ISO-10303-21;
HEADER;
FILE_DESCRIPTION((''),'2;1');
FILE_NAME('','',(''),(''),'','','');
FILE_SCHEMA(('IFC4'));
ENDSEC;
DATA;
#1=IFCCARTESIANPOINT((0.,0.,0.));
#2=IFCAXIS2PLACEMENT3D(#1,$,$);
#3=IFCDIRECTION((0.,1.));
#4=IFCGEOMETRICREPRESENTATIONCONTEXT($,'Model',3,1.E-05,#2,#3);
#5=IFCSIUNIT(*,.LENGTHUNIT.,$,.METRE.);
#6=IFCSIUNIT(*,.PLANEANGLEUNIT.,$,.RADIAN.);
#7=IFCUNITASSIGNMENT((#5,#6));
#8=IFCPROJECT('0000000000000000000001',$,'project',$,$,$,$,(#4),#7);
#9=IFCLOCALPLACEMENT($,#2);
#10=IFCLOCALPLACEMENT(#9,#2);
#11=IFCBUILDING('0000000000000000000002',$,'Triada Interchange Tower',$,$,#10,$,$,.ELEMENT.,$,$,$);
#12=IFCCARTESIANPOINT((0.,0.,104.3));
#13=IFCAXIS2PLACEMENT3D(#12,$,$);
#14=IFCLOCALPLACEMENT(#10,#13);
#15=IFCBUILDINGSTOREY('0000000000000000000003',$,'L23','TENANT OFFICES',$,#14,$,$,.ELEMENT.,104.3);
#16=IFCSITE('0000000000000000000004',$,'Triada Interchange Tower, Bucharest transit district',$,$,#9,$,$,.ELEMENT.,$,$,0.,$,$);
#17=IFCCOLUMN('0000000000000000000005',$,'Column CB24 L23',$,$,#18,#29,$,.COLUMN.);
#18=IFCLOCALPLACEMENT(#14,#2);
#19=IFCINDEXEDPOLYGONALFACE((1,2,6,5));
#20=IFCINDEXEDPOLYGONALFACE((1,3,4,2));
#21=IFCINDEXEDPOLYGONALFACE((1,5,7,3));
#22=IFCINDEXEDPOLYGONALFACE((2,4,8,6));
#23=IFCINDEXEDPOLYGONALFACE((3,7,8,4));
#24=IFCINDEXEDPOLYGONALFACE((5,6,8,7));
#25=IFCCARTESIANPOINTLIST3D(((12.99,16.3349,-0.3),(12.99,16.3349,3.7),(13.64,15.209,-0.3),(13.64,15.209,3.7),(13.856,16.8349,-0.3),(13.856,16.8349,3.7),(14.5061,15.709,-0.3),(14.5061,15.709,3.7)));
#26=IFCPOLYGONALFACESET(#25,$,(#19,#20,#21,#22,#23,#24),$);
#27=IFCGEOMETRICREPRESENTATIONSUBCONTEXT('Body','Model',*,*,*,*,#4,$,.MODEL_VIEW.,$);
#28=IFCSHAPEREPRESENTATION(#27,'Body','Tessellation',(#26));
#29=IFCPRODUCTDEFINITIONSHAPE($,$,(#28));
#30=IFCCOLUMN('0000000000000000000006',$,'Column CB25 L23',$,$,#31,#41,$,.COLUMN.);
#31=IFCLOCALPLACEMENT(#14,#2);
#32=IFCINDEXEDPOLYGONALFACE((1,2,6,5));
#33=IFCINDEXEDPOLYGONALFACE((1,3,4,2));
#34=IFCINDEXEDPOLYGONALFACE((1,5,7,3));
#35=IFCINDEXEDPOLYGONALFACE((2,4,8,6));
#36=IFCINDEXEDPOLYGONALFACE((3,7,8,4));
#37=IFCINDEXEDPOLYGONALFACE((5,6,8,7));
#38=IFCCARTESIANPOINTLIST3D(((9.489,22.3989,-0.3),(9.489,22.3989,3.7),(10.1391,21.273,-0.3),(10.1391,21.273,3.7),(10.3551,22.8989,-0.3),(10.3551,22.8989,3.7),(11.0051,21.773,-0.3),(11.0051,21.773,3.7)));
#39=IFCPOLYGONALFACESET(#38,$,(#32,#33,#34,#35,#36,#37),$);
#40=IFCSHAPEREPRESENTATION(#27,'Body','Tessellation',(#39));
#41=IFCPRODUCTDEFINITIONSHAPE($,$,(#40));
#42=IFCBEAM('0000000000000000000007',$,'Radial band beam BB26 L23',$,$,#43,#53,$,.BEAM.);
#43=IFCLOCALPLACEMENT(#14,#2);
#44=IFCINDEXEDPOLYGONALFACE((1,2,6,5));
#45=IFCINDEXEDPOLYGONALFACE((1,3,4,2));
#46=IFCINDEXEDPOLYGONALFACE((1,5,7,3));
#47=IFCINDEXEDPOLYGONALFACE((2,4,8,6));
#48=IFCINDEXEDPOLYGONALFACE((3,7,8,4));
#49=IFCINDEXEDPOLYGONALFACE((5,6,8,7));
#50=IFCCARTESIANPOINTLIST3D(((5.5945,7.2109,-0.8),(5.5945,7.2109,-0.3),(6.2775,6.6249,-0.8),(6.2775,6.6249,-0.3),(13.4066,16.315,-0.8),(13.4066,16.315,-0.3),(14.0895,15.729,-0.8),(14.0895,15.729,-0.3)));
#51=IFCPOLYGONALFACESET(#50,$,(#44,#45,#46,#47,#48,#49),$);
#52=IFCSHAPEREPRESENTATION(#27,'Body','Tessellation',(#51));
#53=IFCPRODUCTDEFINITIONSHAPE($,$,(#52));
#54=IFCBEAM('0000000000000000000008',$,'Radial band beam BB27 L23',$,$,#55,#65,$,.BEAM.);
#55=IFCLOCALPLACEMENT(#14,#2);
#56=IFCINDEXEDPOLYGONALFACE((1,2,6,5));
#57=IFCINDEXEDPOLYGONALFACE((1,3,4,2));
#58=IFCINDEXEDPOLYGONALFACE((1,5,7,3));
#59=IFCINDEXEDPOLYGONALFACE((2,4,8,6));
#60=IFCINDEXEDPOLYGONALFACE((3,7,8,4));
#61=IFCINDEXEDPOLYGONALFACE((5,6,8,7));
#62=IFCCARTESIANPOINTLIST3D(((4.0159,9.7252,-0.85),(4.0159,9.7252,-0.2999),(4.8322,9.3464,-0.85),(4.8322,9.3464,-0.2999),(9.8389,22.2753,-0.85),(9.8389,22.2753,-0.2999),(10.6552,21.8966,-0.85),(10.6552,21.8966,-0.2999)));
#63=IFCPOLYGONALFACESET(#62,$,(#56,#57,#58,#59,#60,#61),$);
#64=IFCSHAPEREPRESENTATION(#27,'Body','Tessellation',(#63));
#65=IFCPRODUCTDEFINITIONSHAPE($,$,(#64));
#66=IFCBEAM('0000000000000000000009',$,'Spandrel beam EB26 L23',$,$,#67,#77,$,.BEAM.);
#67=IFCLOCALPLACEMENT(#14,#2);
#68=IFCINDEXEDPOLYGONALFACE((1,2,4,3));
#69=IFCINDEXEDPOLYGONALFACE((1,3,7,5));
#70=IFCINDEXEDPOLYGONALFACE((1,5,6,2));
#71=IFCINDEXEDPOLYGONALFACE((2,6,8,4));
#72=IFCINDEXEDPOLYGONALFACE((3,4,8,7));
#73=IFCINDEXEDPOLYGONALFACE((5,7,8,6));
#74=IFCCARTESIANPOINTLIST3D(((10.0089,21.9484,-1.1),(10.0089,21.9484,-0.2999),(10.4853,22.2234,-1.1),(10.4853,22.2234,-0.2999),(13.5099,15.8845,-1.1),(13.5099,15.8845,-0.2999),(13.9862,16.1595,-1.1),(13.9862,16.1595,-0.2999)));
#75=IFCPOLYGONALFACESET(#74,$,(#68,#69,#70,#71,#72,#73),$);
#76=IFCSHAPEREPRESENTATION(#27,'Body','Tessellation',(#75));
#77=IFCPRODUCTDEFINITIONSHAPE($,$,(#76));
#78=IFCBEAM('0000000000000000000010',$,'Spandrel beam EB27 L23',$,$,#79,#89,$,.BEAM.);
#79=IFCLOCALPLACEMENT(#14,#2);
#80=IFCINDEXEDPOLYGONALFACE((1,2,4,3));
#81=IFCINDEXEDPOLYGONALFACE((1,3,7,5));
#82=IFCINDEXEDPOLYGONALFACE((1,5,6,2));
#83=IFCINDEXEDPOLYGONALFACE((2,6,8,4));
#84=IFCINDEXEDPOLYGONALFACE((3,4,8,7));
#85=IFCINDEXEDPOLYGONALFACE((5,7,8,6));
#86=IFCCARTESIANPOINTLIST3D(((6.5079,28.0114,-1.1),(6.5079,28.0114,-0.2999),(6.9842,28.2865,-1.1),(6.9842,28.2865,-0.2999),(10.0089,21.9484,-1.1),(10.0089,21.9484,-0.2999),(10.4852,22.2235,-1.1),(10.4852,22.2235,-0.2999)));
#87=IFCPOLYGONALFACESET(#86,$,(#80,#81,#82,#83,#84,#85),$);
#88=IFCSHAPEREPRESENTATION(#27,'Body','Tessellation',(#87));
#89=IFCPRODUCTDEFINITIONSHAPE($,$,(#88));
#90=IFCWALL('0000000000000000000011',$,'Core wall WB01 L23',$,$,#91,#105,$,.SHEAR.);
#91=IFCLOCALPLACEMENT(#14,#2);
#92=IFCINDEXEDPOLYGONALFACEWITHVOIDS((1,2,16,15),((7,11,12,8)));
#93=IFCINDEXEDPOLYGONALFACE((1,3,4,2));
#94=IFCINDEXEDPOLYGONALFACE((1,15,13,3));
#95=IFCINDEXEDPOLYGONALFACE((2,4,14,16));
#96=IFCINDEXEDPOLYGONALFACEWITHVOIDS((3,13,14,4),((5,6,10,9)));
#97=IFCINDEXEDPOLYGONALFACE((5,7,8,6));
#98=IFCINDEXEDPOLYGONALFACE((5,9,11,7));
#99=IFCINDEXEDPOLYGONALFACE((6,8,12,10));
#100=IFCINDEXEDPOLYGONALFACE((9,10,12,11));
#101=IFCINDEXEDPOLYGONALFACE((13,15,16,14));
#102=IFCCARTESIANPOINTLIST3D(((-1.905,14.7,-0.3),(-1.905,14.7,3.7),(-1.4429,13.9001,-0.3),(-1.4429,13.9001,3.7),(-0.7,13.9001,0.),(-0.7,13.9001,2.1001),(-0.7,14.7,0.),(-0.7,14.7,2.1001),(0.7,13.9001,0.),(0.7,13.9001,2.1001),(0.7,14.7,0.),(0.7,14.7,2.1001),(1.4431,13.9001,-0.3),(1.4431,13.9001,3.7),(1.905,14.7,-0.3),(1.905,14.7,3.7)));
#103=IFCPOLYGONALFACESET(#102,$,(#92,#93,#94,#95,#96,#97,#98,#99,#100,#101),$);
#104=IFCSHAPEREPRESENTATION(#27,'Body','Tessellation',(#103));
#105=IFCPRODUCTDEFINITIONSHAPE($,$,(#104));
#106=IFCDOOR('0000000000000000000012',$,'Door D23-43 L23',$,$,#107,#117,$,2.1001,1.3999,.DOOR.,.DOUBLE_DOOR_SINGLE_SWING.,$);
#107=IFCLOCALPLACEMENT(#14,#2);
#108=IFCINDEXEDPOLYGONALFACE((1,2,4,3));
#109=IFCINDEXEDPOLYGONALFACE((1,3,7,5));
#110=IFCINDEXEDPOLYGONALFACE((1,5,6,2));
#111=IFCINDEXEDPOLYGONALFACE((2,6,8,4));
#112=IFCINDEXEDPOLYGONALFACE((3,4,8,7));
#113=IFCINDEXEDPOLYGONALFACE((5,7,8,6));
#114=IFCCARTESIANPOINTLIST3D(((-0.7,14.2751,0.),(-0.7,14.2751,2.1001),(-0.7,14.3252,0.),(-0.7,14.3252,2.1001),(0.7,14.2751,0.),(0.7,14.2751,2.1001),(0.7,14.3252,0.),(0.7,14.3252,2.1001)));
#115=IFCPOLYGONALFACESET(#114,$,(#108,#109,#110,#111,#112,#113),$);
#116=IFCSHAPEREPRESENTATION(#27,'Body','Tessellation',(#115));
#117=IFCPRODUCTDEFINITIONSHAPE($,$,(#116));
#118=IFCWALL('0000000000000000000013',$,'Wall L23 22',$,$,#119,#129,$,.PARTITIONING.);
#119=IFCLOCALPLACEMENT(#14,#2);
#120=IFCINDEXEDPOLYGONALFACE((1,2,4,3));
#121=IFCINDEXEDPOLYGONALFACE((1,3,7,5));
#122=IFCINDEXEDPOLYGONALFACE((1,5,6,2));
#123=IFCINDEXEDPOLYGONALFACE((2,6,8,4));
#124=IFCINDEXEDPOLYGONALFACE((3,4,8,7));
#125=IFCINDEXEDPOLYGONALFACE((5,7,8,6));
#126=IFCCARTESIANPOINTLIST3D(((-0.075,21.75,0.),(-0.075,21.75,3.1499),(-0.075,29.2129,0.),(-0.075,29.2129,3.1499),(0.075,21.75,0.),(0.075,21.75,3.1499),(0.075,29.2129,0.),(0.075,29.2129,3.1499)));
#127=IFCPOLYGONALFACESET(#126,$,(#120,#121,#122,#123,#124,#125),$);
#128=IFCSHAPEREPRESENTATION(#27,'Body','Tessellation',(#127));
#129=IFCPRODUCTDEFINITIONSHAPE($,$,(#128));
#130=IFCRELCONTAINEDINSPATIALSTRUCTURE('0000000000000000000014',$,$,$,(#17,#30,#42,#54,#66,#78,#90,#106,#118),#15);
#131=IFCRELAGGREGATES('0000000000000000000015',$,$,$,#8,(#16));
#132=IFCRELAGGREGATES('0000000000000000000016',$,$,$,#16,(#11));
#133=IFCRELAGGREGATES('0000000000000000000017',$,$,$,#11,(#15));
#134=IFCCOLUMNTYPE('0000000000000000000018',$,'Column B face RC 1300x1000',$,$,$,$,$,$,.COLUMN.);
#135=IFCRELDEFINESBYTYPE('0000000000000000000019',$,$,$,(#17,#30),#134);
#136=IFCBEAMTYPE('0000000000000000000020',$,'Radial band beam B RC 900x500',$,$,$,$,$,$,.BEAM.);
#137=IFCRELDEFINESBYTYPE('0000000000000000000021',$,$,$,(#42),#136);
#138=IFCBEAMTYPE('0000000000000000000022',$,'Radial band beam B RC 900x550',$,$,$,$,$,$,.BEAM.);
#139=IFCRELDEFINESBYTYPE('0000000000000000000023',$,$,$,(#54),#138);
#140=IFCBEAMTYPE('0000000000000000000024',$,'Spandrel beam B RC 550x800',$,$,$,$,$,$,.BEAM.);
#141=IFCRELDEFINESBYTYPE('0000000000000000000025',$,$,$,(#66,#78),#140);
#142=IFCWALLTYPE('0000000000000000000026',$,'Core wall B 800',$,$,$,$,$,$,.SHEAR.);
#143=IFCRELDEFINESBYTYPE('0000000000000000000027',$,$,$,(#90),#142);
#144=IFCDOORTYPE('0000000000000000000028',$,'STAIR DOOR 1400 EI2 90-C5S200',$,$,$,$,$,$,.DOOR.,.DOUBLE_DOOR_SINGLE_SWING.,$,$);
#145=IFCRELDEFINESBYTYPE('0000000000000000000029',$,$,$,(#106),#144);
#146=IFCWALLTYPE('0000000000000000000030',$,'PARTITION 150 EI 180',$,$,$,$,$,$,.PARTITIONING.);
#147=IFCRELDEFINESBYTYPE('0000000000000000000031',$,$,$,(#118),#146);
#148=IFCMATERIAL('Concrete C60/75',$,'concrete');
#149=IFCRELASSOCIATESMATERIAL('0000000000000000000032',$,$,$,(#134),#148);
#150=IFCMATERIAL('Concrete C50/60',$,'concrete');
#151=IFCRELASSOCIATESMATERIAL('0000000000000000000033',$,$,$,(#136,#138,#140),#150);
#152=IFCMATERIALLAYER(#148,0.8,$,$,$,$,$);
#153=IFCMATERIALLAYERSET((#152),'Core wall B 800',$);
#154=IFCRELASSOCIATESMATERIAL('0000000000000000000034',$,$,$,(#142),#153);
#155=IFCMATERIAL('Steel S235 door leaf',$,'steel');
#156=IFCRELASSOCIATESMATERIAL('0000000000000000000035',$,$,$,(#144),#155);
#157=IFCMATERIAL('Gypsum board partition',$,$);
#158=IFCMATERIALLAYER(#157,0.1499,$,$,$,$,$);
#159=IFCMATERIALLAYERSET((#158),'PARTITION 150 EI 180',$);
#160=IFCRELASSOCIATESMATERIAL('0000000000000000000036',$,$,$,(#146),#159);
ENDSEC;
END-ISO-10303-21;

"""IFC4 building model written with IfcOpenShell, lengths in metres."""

from ifc_helpers import new_model, si_unit, direction, frame, frame_2d, origin, origin_2d, place, context, subcontext, project, spatial, polyline, rectangle, outline, extrude, material, layer, layer_set, material_profile, profile_set, type_object, element, fill, save


model = new_model("IFC4")

# Units and contexts
model_context = context("Model", 3, precision=1e-05, world=origin(), true_north=direction((0.0, 1.0)))
body_context = subcontext(model_context, "Body", "Model", "MODEL_VIEW")
ifc_project = project(units=[si_unit("LENGTHUNIT", "METRE"), si_unit("PLANEANGLEUNIT", "RADIAN")], contexts=[model_context])

# Site, building, storey
site_placement = place(None, origin())
site = spatial("IfcSite", under=ifc_project, at=site_placement, Name="Triada Interchange Tower, Bucharest transit district", CompositionType="ELEMENT", RefElevation=0.0)
building_placement = place(site_placement, origin())
building = spatial("IfcBuilding", under=site, at=building_placement, Name="Triada Interchange Tower", CompositionType="ELEMENT")
storey_placement = place(building_placement, frame((0.0, 0.0, 104.3)))
storey = spatial("IfcBuildingStorey", under=building, at=storey_placement, Name="L23", Description="TENANT OFFICES", CompositionType="ELEMENT", Elevation=104.3)

# Columns
ifc_material_1 = material(Name="Concrete C60/75", Category="concrete")
ifc_material_profile_1 = material_profile(ifc_material_1, rectangle(XDim=1.3, YDim=1.0, at=origin_2d()), Name="RC 1300x1000")
ifc_profile_set_1 = profile_set([ifc_material_profile_1], Name="Concrete C60/75")
column_type = type_object("IfcColumnType", Name="Column B face RC 1300x1000", PredefinedType="COLUMN", material=ifc_profile_set_1)
for number, where, z_axis, x_axis, name in (
    (1, (13.748, 16.022, -0.3), (0.0, 0.0, 1.0), (-0.5, 0.866025, 0.0), "Column CB24 L23"),
    (2, (10.2471, 22.0859, -0.3), (0.0, 0.0, 1.0), (-0.5, 0.866025, 0.0), "Column CB25 L23"),
):
    element("IfcColumn", number, at=place(storey_placement, frame(where, z_axis=z_axis, x_axis=x_axis)), inside=storey, type_object=column_type, Name=name, PredefinedType="COLUMN", context=body_context, shape_type="SweptSolid", body=[
        extrude(rectangle(XDim=1.3, YDim=1.0, at=origin_2d()), origin(), (0.0, 0.0, 1.0), 4.0),
    ])

# Beams
ifc_material_2 = material(Name="Concrete C50/60", Category="concrete")
ifc_material_profile_2 = material_profile(ifc_material_2, rectangle(XDim=0.8999, YDim=0.5, at=origin_2d()), Name="RC 900x500")
ifc_profile_set_2 = profile_set([ifc_material_profile_2], Name="Concrete C50/60")
beam_type_1 = type_object("IfcBeamType", Name="Radial band beam B RC 900x500", PredefinedType="BEAM", material=ifc_profile_set_2)
beam_1_placement = place(storey_placement, frame((13.748, 16.022, -0.55), z_axis=(-0.651204, -0.758903, 0.0), x_axis=(0.758903, -0.651204, 0.0)))
element("IfcBeam", 3, at=beam_1_placement, inside=storey, type_object=beam_type_1, Name="Radial band beam BB26 L23", PredefinedType="BEAM", context=body_context, shape_type="SweptSolid", body=[
    extrude(rectangle(XDim=0.8999, YDim=0.5, at=origin_2d()), origin(), (0.0, 0.0, 1.0), 11.9963),
])
ifc_material_profile_3 = material_profile(ifc_material_2, rectangle(XDim=0.8999, YDim=0.55, at=origin_2d()), Name="RC 900x550")
ifc_profile_set_3 = profile_set([ifc_material_profile_3], Name="Concrete C50/60")
beam_type_2 = type_object("IfcBeamType", Name="Radial band beam B RC 900x550", PredefinedType="BEAM", material=ifc_profile_set_3)
beam_2_placement = place(storey_placement, frame((10.2471, 22.0859, -0.575), z_axis=(-0.420885, -0.907114, 0.0), x_axis=(0.907114, -0.420885, 0.0)))
element("IfcBeam", 4, at=beam_2_placement, inside=storey, type_object=beam_type_2, Name="Radial band beam BB27 L23", PredefinedType="BEAM", context=body_context, shape_type="SweptSolid", body=[
    extrude(rectangle(XDim=0.8999, YDim=0.55, at=origin_2d()), origin(), (0.0, 0.0, 1.0), 13.8352),
])
ifc_material_profile_4 = material_profile(ifc_material_2, rectangle(XDim=0.55, YDim=0.8, at=origin_2d()), Name="RC 550x800")
ifc_profile_set_4 = profile_set([ifc_material_profile_4], Name="Concrete C50/60")
beam_type_3 = type_object("IfcBeamType", Name="Spandrel beam B RC 550x800", PredefinedType="BEAM", material=ifc_profile_set_4)
beam_3_placement = place(storey_placement, frame((13.748, 16.022, -0.7), z_axis=(-0.499994, 0.866029, 0.0), x_axis=(-0.866029, -0.499994, 0.0)))
element("IfcBeam", 5, at=beam_3_placement, inside=storey, type_object=beam_type_3, Name="Spandrel beam EB26 L23", PredefinedType="BEAM", context=body_context, shape_type="SweptSolid", body=[
    extrude(rectangle(XDim=0.55, YDim=0.8, at=origin_2d()), origin(), (0.0, 0.0, 1.0), 7.002),
])
beam_4_placement = place(storey_placement, frame((10.2471, 22.0859, -0.7), z_axis=(-0.500054, 0.865994, 0.0), x_axis=(-0.865994, -0.500054, 0.0)))
element("IfcBeam", 6, at=beam_4_placement, inside=storey, type_object=beam_type_3, Name="Spandrel beam EB27 L23", PredefinedType="BEAM", context=body_context, shape_type="SweptSolid", body=[
    extrude(rectangle(XDim=0.55, YDim=0.8, at=origin_2d()), origin(), (0.0, 0.0, 1.0), 7.0012),
])

# Wall, opening, door
ifc_layer_1 = layer(ifc_material_1, 0.8)
ifc_layer_set_1 = layer_set([ifc_layer_1], Name="Core wall B 800")
wall_type_1 = type_object("IfcWallType", Name="Core wall B 800", PredefinedType="SHEAR", material=ifc_layer_set_1)
wall_1_placement = place(storey_placement, frame((1.6741, 14.3, -0.3), z_axis=(0.0, 0.0, 1.0), x_axis=(-1.0, 0.0, 0.0)))
wall_1 = element("IfcWall", 7, at=wall_1_placement, inside=storey, type_object=wall_type_1, Name="Core wall WB01 L23", PredefinedType="SHEAR", context=body_context, shape_type="SweptSolid", body=[
    extrude(outline(polyline([(-0.231, -0.3999), (1.6741, -0.3999), (3.5791, -0.3999), (3.1169, 0.3999), (1.6738, 0.3999), (0.231, 0.3999), (-0.231, -0.3999)])), origin(), (0.0, 0.0, 1.0), 4.0),
])
opening_1_placement = place(wall_1_placement, frame((0.9741, 0.0, 0.3)))
opening_1 = element("IfcOpeningElement", 8, at=opening_1_placement, cuts=wall_1, PredefinedType="OPENING", context=body_context, shape_type="SweptSolid", body=[
    extrude(rectangle(XDim=1.3999, YDim=2.1001, at=frame_2d((0.7, 1.05))), frame((0.0, 0.4099, 0.0), z_axis=(0.0, -1.0, 0.0), x_axis=(1.0, 0.0, 0.0)), (0.0, 0.0, 1.0), 0.8201),
])
ifc_material_3 = material(Name="Steel S235 door leaf", Category="steel")
door_type_1 = type_object("IfcDoorType", Name="STAIR DOOR 1400 EI2 90-C5S200", OperationType="DOUBLE_DOOR_SINGLE_SWING", PredefinedType="DOOR", material=ifc_material_3)
door_1_placement = place(opening_1_placement, origin())
door_1 = element("IfcDoor", 9, at=door_1_placement, inside=storey, type_object=door_type_1, Name="Door D23-43 L23", OperationType="DOUBLE_DOOR_SINGLE_SWING", OverallHeight=2.1001, OverallWidth=1.3999, PredefinedType="DOOR", context=body_context, shape_type="SweptSolid", body=[
    extrude(rectangle(XDim=1.3999, YDim=2.1001, at=frame_2d((0.7, 1.05))), frame((0.0, 0.0249, 0.0), z_axis=(0.0, -1.0, 0.0), x_axis=(1.0, 0.0, 0.0)), (0.0, 0.0, 1.0), 0.05),
])
fill(opening_1, door_1)

# Wall
ifc_material_4 = material(Name="Gypsum board partition")
ifc_layer_2 = layer(ifc_material_4, 0.1499)
ifc_layer_set_2 = layer_set([ifc_layer_2], Name="PARTITION 150 EI 180")
wall_type_2 = type_object("IfcWallType", Name="PARTITION 150 EI 180", PredefinedType="PARTITIONING", material=ifc_layer_set_2)
wall_2_placement = place(storey_placement, frame((0.0, 21.75, 0.0), z_axis=(0.0, 0.0, 1.0), x_axis=(0.0, 1.0, 0.0)))
element("IfcWall", 10, at=wall_2_placement, inside=storey, type_object=wall_type_2, Name="Wall L23 22", PredefinedType="PARTITIONING", context=body_context, shape_type="SweptSolid", body=[
    extrude(rectangle(XDim=7.4629, YDim=0.1499, at=frame_2d((3.7314, 0.0))), origin(), (0.0, 0.0, 1.0), 3.1499),
])

save(model, "model.ifc")
